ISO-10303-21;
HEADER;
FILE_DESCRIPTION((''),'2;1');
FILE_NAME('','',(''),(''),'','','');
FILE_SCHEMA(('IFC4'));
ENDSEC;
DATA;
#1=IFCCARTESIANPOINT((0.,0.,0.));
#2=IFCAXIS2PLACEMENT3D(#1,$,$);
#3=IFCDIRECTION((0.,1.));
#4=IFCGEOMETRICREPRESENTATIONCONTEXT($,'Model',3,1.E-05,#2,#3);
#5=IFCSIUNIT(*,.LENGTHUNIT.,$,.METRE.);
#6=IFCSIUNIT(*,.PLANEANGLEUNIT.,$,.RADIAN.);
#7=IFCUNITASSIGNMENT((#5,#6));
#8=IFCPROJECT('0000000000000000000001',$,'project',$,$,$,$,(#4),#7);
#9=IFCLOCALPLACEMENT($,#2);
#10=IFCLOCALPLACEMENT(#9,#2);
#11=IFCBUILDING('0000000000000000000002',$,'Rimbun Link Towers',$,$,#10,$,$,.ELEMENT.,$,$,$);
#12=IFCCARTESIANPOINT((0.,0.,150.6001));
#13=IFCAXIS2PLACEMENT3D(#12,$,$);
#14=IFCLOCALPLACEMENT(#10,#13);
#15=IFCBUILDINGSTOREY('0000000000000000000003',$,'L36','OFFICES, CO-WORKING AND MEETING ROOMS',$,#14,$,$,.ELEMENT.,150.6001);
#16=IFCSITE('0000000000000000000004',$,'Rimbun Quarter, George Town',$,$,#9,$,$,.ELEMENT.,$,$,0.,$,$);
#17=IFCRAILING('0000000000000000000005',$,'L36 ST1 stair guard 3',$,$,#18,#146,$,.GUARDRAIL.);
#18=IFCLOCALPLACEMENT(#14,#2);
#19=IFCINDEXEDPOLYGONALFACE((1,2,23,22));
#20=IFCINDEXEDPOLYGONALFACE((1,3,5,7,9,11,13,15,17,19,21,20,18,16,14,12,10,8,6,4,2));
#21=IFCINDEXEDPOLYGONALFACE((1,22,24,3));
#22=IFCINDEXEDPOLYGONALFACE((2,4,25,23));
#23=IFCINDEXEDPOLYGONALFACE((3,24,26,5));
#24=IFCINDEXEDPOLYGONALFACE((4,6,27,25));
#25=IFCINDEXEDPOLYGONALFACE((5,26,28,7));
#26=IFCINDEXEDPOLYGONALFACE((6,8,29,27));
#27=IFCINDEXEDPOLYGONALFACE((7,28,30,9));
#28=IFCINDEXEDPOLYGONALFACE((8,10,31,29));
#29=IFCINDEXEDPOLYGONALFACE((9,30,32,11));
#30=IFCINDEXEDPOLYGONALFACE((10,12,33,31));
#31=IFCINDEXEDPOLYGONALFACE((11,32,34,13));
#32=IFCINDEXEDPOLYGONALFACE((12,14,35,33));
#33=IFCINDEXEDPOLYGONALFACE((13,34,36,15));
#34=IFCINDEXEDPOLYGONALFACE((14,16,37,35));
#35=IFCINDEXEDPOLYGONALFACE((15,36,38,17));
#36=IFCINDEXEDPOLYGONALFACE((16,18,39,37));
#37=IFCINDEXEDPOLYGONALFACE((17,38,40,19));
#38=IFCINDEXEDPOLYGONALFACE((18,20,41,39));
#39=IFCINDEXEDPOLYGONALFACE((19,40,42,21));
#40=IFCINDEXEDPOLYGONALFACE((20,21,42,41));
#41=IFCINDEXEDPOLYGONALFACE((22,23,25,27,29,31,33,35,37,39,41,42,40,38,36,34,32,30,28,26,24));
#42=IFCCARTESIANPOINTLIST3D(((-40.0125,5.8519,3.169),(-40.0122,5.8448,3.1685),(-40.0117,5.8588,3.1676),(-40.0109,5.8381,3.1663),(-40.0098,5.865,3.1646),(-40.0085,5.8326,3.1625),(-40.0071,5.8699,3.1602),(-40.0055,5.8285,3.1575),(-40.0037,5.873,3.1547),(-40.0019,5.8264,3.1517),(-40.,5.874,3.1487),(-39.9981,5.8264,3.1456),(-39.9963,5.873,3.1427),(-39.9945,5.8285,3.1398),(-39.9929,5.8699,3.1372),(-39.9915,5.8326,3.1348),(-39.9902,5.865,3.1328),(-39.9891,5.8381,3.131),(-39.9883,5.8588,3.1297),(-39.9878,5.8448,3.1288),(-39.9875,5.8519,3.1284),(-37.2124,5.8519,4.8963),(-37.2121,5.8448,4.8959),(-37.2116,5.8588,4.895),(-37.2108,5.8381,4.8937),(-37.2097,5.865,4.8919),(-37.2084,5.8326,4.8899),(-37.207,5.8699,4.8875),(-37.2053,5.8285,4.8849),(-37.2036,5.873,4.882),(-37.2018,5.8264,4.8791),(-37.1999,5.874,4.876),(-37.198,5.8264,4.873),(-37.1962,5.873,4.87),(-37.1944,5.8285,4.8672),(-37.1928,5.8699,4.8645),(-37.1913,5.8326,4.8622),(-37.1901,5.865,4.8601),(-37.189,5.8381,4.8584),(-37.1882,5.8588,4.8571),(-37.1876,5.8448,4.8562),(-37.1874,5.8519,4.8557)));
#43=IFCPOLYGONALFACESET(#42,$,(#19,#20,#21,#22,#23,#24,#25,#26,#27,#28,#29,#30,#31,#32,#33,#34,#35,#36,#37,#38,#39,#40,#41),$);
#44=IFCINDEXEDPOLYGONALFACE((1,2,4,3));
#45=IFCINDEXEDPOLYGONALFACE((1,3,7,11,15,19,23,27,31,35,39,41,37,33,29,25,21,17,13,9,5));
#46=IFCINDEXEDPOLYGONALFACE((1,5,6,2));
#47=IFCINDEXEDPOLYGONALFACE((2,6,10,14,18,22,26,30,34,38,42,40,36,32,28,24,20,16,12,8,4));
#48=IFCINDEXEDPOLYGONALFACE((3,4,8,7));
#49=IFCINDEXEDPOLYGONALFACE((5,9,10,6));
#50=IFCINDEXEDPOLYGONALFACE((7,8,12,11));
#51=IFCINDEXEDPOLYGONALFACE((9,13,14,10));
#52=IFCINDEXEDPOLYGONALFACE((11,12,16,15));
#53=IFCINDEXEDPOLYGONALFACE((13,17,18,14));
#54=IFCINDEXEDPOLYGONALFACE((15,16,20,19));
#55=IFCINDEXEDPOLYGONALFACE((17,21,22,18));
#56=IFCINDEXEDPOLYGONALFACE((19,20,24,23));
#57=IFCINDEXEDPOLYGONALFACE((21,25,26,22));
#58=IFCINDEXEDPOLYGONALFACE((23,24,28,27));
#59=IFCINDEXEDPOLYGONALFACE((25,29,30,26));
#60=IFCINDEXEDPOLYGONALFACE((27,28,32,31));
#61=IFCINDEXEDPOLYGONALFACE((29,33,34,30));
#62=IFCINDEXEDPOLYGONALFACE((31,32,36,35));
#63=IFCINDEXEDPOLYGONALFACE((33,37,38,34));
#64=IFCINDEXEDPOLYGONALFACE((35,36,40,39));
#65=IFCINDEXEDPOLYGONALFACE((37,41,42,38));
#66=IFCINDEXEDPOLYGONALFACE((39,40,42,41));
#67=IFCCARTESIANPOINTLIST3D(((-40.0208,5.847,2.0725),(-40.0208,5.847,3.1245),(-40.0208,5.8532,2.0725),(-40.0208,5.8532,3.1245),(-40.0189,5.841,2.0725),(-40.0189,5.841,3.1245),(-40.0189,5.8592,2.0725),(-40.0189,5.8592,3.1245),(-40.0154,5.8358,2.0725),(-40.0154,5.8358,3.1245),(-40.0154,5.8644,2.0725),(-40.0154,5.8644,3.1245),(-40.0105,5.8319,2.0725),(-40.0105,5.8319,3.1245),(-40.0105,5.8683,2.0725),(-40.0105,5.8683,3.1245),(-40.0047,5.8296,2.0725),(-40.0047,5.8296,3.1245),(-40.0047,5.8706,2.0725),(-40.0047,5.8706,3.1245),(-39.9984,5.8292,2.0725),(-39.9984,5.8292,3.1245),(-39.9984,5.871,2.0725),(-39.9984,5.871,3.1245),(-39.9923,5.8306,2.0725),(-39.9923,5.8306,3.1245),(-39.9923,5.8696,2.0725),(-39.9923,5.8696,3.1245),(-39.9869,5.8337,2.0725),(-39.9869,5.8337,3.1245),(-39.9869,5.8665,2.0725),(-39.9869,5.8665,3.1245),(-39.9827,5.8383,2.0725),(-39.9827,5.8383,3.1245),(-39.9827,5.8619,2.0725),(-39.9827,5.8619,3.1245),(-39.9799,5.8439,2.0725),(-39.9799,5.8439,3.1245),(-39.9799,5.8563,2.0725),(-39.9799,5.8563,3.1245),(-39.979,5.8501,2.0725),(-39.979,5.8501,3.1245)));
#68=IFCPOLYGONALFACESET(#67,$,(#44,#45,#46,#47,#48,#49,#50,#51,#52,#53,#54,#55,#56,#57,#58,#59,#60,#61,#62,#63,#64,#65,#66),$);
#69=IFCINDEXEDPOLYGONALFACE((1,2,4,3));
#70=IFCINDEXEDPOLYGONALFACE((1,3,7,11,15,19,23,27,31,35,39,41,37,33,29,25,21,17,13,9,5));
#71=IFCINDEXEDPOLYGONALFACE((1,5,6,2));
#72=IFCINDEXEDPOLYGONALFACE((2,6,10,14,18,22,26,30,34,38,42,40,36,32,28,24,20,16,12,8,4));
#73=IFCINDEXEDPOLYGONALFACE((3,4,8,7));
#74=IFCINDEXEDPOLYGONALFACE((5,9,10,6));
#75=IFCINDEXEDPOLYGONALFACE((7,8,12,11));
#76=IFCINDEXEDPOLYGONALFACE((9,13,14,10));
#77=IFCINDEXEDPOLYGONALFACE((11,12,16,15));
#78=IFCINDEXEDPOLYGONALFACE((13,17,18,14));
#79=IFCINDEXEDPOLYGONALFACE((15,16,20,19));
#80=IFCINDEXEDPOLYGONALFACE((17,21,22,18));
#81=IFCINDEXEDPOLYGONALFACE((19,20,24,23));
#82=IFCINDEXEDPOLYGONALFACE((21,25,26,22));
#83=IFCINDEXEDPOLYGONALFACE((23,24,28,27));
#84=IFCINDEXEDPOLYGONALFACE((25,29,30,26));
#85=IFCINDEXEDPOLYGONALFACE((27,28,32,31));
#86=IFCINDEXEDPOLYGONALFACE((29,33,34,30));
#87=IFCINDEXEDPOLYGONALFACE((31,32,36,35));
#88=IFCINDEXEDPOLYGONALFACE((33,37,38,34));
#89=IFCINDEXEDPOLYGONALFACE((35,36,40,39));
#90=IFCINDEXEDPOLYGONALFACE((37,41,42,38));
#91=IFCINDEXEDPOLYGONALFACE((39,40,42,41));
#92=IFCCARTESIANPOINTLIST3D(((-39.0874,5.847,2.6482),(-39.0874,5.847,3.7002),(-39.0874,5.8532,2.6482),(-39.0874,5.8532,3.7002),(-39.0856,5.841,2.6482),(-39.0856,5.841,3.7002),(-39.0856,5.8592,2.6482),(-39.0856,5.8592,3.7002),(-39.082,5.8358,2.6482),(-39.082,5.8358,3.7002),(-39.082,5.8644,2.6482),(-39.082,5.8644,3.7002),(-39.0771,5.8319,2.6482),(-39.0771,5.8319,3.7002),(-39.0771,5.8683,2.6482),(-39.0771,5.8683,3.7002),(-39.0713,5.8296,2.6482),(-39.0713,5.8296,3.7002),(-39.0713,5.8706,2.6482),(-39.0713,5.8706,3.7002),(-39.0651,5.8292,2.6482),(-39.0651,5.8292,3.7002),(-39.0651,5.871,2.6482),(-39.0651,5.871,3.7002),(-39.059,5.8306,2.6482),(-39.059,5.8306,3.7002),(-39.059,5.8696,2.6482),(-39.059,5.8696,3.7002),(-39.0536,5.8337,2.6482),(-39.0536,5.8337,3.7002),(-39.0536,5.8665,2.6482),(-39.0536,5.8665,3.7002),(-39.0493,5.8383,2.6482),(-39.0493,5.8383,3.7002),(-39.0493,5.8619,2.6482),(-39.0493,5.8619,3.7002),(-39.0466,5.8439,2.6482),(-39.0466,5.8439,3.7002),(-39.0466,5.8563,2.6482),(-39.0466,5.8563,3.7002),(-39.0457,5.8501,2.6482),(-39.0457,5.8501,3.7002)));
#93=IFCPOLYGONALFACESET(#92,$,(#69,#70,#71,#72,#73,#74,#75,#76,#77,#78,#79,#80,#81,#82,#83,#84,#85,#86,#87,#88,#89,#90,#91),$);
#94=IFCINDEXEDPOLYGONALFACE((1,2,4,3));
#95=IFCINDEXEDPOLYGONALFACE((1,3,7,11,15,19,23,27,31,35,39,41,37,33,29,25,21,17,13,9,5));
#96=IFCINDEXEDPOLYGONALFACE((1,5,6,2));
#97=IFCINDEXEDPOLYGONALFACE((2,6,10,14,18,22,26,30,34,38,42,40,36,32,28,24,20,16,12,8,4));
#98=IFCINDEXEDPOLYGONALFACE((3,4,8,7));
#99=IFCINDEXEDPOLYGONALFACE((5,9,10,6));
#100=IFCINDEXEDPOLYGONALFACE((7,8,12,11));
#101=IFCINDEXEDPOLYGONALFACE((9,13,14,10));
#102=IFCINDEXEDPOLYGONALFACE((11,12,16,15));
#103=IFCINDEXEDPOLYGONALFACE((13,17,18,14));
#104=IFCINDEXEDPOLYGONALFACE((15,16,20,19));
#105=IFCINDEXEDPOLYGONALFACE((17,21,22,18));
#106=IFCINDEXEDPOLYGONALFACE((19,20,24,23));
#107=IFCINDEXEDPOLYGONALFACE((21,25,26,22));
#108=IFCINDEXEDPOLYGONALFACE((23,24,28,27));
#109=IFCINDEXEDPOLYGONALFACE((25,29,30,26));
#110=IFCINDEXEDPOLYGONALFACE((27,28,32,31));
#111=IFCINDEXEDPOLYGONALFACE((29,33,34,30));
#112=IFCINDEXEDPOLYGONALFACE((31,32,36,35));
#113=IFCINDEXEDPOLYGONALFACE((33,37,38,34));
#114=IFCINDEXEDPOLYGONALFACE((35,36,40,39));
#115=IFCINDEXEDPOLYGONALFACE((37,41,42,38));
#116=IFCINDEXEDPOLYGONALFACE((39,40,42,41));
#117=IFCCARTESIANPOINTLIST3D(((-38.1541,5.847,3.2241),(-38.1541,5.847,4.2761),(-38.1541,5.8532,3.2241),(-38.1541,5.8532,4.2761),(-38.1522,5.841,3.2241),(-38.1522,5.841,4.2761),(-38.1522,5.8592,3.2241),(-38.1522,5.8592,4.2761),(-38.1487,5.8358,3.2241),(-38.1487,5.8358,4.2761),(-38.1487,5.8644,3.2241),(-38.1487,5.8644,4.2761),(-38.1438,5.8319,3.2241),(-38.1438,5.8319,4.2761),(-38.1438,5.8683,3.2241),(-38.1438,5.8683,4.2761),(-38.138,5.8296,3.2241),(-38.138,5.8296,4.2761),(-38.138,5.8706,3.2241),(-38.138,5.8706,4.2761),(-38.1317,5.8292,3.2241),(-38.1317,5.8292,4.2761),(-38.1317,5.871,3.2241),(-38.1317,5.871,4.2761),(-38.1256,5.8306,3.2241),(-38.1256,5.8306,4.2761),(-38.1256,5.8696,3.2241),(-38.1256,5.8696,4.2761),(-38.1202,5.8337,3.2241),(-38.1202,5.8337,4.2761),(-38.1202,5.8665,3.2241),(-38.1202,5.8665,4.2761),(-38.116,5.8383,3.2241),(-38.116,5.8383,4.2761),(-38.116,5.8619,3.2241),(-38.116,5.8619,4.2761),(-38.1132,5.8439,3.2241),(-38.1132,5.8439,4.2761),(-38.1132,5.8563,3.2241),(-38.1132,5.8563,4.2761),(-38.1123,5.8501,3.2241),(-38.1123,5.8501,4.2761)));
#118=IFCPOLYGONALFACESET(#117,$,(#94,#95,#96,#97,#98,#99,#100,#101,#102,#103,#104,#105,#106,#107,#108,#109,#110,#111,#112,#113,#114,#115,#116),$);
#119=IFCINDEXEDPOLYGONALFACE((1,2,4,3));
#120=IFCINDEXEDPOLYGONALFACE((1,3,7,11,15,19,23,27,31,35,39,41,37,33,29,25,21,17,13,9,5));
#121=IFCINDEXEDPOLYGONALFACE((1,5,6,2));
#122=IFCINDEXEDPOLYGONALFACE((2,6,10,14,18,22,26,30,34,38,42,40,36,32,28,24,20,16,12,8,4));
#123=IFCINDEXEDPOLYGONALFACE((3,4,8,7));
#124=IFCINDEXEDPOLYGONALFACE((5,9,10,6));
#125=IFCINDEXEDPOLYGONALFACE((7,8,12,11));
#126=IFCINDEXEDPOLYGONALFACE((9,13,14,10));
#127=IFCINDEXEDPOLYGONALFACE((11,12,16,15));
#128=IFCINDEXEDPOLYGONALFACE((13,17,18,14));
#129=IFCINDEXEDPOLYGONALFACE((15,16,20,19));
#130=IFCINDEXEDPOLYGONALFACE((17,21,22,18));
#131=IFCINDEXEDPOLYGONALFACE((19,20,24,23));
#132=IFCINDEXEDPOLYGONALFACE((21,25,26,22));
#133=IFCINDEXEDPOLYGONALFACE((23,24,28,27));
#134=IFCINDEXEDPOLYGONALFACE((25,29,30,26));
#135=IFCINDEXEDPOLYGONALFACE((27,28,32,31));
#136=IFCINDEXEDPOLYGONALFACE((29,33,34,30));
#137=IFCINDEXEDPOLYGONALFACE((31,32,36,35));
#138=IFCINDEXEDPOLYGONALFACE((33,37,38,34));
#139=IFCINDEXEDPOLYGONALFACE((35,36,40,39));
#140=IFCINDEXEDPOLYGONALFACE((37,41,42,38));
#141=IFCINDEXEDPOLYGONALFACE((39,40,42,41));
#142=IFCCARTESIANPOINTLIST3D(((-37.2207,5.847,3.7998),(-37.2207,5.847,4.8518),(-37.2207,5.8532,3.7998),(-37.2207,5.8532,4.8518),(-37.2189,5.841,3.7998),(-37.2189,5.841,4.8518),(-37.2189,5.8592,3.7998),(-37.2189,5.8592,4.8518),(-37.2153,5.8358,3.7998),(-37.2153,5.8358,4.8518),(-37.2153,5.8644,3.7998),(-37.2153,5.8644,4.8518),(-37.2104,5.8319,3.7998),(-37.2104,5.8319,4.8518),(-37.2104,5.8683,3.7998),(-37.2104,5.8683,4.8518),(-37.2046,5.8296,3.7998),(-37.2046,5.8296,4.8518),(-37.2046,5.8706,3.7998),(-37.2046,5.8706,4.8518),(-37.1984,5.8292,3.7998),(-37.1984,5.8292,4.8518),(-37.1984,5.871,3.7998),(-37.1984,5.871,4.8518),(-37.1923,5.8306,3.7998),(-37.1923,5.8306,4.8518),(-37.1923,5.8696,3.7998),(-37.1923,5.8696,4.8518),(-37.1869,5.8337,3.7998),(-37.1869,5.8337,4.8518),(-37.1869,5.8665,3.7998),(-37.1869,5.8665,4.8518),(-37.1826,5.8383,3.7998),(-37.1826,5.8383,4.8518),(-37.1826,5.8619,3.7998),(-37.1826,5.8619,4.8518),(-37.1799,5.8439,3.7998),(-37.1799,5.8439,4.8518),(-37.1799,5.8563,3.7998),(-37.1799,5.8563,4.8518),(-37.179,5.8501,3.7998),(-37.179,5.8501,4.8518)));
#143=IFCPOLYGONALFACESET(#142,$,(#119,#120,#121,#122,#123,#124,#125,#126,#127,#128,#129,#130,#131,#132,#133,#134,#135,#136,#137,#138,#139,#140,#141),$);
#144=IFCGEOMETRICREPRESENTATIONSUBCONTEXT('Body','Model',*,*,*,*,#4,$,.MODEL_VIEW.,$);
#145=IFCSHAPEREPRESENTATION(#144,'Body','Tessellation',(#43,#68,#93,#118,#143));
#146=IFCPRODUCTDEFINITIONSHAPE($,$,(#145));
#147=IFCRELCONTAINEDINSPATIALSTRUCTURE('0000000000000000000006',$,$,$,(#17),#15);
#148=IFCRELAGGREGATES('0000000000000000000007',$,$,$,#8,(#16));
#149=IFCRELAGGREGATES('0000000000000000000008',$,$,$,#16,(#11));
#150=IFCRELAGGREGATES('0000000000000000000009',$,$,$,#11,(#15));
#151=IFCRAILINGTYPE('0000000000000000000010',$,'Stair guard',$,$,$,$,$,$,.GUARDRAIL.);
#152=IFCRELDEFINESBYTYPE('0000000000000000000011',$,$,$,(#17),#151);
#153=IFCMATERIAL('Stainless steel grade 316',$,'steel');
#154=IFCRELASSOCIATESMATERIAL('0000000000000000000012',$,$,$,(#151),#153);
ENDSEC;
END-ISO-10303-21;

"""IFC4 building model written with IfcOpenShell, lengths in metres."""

from ifc_helpers import new_model, si_unit, direction, frame, origin, origin_2d, place, context, subcontext, project, spatial, circle, extrude, material, type_object, element, save


model = new_model("IFC4")

# Units and contexts
model_context = context("Model", 3, precision=1e-05, world=origin(), true_north=direction((0.0, 1.0)))
body_context = subcontext(model_context, "Body", "Model", "MODEL_VIEW")
ifc_project = project(units=[si_unit("LENGTHUNIT", "METRE"), si_unit("PLANEANGLEUNIT", "RADIAN")], contexts=[model_context])

# Site, building, storey
site_placement = place(None, origin())
site = spatial("IfcSite", under=ifc_project, at=site_placement, Name="Rimbun Quarter, George Town", CompositionType="ELEMENT", RefElevation=0.0)
building_placement = place(site_placement, origin())
building = spatial("IfcBuilding", under=site, at=building_placement, Name="Rimbun Link Towers", CompositionType="ELEMENT")
storey_placement = place(building_placement, frame((0.0, 0.0, 150.6001)))
storey = spatial("IfcBuildingStorey", under=building, at=storey_placement, Name="L36", Description="OFFICES, CO-WORKING AND MEETING ROOMS", CompositionType="ELEMENT", Elevation=150.6001)

# Railing
ifc_material_1 = material(Name="Stainless steel grade 316", Category="steel")
railing_type_1 = type_object("IfcRailingType", Name="Stair guard", PredefinedType="GUARDRAIL", material=ifc_material_1)
railing_1_placement = place(storey_placement, frame((-40.0, 5.8501, 2.0725)))
element("IfcRailing", 1, at=railing_1_placement, inside=storey, type_object=railing_type_1, Name="L36 ST1 stair guard 3", PredefinedType="GUARDRAIL", context=body_context, shape_type="SweptSolid", body=[
    extrude(circle(Radius=0.0239, at=origin_2d()), frame((0.0, 0.0, 1.0762), z_axis=(0.85109, 0.0, 0.52502), x_axis=(0.0, 1.0, 0.0)), (0.0, 0.0, 1.0), 3.29),
    extrude(circle(Radius=0.021, at=origin_2d()), origin(), (0.0, 0.0, 1.0), 1.052),
    extrude(circle(Radius=0.021, at=origin_2d()), frame((0.9333, 0.0, 0.5757)), (0.0, 0.0, 1.0), 1.052),
    extrude(circle(Radius=0.021, at=origin_2d()), frame((1.8667, 0.0, 1.1516)), (0.0, 0.0, 1.0), 1.052),
    extrude(circle(Radius=0.021, at=origin_2d()), frame((2.8, 0.0, 1.7273)), (0.0, 0.0, 1.0), 1.052),
])

save(model, "model.ifc")
